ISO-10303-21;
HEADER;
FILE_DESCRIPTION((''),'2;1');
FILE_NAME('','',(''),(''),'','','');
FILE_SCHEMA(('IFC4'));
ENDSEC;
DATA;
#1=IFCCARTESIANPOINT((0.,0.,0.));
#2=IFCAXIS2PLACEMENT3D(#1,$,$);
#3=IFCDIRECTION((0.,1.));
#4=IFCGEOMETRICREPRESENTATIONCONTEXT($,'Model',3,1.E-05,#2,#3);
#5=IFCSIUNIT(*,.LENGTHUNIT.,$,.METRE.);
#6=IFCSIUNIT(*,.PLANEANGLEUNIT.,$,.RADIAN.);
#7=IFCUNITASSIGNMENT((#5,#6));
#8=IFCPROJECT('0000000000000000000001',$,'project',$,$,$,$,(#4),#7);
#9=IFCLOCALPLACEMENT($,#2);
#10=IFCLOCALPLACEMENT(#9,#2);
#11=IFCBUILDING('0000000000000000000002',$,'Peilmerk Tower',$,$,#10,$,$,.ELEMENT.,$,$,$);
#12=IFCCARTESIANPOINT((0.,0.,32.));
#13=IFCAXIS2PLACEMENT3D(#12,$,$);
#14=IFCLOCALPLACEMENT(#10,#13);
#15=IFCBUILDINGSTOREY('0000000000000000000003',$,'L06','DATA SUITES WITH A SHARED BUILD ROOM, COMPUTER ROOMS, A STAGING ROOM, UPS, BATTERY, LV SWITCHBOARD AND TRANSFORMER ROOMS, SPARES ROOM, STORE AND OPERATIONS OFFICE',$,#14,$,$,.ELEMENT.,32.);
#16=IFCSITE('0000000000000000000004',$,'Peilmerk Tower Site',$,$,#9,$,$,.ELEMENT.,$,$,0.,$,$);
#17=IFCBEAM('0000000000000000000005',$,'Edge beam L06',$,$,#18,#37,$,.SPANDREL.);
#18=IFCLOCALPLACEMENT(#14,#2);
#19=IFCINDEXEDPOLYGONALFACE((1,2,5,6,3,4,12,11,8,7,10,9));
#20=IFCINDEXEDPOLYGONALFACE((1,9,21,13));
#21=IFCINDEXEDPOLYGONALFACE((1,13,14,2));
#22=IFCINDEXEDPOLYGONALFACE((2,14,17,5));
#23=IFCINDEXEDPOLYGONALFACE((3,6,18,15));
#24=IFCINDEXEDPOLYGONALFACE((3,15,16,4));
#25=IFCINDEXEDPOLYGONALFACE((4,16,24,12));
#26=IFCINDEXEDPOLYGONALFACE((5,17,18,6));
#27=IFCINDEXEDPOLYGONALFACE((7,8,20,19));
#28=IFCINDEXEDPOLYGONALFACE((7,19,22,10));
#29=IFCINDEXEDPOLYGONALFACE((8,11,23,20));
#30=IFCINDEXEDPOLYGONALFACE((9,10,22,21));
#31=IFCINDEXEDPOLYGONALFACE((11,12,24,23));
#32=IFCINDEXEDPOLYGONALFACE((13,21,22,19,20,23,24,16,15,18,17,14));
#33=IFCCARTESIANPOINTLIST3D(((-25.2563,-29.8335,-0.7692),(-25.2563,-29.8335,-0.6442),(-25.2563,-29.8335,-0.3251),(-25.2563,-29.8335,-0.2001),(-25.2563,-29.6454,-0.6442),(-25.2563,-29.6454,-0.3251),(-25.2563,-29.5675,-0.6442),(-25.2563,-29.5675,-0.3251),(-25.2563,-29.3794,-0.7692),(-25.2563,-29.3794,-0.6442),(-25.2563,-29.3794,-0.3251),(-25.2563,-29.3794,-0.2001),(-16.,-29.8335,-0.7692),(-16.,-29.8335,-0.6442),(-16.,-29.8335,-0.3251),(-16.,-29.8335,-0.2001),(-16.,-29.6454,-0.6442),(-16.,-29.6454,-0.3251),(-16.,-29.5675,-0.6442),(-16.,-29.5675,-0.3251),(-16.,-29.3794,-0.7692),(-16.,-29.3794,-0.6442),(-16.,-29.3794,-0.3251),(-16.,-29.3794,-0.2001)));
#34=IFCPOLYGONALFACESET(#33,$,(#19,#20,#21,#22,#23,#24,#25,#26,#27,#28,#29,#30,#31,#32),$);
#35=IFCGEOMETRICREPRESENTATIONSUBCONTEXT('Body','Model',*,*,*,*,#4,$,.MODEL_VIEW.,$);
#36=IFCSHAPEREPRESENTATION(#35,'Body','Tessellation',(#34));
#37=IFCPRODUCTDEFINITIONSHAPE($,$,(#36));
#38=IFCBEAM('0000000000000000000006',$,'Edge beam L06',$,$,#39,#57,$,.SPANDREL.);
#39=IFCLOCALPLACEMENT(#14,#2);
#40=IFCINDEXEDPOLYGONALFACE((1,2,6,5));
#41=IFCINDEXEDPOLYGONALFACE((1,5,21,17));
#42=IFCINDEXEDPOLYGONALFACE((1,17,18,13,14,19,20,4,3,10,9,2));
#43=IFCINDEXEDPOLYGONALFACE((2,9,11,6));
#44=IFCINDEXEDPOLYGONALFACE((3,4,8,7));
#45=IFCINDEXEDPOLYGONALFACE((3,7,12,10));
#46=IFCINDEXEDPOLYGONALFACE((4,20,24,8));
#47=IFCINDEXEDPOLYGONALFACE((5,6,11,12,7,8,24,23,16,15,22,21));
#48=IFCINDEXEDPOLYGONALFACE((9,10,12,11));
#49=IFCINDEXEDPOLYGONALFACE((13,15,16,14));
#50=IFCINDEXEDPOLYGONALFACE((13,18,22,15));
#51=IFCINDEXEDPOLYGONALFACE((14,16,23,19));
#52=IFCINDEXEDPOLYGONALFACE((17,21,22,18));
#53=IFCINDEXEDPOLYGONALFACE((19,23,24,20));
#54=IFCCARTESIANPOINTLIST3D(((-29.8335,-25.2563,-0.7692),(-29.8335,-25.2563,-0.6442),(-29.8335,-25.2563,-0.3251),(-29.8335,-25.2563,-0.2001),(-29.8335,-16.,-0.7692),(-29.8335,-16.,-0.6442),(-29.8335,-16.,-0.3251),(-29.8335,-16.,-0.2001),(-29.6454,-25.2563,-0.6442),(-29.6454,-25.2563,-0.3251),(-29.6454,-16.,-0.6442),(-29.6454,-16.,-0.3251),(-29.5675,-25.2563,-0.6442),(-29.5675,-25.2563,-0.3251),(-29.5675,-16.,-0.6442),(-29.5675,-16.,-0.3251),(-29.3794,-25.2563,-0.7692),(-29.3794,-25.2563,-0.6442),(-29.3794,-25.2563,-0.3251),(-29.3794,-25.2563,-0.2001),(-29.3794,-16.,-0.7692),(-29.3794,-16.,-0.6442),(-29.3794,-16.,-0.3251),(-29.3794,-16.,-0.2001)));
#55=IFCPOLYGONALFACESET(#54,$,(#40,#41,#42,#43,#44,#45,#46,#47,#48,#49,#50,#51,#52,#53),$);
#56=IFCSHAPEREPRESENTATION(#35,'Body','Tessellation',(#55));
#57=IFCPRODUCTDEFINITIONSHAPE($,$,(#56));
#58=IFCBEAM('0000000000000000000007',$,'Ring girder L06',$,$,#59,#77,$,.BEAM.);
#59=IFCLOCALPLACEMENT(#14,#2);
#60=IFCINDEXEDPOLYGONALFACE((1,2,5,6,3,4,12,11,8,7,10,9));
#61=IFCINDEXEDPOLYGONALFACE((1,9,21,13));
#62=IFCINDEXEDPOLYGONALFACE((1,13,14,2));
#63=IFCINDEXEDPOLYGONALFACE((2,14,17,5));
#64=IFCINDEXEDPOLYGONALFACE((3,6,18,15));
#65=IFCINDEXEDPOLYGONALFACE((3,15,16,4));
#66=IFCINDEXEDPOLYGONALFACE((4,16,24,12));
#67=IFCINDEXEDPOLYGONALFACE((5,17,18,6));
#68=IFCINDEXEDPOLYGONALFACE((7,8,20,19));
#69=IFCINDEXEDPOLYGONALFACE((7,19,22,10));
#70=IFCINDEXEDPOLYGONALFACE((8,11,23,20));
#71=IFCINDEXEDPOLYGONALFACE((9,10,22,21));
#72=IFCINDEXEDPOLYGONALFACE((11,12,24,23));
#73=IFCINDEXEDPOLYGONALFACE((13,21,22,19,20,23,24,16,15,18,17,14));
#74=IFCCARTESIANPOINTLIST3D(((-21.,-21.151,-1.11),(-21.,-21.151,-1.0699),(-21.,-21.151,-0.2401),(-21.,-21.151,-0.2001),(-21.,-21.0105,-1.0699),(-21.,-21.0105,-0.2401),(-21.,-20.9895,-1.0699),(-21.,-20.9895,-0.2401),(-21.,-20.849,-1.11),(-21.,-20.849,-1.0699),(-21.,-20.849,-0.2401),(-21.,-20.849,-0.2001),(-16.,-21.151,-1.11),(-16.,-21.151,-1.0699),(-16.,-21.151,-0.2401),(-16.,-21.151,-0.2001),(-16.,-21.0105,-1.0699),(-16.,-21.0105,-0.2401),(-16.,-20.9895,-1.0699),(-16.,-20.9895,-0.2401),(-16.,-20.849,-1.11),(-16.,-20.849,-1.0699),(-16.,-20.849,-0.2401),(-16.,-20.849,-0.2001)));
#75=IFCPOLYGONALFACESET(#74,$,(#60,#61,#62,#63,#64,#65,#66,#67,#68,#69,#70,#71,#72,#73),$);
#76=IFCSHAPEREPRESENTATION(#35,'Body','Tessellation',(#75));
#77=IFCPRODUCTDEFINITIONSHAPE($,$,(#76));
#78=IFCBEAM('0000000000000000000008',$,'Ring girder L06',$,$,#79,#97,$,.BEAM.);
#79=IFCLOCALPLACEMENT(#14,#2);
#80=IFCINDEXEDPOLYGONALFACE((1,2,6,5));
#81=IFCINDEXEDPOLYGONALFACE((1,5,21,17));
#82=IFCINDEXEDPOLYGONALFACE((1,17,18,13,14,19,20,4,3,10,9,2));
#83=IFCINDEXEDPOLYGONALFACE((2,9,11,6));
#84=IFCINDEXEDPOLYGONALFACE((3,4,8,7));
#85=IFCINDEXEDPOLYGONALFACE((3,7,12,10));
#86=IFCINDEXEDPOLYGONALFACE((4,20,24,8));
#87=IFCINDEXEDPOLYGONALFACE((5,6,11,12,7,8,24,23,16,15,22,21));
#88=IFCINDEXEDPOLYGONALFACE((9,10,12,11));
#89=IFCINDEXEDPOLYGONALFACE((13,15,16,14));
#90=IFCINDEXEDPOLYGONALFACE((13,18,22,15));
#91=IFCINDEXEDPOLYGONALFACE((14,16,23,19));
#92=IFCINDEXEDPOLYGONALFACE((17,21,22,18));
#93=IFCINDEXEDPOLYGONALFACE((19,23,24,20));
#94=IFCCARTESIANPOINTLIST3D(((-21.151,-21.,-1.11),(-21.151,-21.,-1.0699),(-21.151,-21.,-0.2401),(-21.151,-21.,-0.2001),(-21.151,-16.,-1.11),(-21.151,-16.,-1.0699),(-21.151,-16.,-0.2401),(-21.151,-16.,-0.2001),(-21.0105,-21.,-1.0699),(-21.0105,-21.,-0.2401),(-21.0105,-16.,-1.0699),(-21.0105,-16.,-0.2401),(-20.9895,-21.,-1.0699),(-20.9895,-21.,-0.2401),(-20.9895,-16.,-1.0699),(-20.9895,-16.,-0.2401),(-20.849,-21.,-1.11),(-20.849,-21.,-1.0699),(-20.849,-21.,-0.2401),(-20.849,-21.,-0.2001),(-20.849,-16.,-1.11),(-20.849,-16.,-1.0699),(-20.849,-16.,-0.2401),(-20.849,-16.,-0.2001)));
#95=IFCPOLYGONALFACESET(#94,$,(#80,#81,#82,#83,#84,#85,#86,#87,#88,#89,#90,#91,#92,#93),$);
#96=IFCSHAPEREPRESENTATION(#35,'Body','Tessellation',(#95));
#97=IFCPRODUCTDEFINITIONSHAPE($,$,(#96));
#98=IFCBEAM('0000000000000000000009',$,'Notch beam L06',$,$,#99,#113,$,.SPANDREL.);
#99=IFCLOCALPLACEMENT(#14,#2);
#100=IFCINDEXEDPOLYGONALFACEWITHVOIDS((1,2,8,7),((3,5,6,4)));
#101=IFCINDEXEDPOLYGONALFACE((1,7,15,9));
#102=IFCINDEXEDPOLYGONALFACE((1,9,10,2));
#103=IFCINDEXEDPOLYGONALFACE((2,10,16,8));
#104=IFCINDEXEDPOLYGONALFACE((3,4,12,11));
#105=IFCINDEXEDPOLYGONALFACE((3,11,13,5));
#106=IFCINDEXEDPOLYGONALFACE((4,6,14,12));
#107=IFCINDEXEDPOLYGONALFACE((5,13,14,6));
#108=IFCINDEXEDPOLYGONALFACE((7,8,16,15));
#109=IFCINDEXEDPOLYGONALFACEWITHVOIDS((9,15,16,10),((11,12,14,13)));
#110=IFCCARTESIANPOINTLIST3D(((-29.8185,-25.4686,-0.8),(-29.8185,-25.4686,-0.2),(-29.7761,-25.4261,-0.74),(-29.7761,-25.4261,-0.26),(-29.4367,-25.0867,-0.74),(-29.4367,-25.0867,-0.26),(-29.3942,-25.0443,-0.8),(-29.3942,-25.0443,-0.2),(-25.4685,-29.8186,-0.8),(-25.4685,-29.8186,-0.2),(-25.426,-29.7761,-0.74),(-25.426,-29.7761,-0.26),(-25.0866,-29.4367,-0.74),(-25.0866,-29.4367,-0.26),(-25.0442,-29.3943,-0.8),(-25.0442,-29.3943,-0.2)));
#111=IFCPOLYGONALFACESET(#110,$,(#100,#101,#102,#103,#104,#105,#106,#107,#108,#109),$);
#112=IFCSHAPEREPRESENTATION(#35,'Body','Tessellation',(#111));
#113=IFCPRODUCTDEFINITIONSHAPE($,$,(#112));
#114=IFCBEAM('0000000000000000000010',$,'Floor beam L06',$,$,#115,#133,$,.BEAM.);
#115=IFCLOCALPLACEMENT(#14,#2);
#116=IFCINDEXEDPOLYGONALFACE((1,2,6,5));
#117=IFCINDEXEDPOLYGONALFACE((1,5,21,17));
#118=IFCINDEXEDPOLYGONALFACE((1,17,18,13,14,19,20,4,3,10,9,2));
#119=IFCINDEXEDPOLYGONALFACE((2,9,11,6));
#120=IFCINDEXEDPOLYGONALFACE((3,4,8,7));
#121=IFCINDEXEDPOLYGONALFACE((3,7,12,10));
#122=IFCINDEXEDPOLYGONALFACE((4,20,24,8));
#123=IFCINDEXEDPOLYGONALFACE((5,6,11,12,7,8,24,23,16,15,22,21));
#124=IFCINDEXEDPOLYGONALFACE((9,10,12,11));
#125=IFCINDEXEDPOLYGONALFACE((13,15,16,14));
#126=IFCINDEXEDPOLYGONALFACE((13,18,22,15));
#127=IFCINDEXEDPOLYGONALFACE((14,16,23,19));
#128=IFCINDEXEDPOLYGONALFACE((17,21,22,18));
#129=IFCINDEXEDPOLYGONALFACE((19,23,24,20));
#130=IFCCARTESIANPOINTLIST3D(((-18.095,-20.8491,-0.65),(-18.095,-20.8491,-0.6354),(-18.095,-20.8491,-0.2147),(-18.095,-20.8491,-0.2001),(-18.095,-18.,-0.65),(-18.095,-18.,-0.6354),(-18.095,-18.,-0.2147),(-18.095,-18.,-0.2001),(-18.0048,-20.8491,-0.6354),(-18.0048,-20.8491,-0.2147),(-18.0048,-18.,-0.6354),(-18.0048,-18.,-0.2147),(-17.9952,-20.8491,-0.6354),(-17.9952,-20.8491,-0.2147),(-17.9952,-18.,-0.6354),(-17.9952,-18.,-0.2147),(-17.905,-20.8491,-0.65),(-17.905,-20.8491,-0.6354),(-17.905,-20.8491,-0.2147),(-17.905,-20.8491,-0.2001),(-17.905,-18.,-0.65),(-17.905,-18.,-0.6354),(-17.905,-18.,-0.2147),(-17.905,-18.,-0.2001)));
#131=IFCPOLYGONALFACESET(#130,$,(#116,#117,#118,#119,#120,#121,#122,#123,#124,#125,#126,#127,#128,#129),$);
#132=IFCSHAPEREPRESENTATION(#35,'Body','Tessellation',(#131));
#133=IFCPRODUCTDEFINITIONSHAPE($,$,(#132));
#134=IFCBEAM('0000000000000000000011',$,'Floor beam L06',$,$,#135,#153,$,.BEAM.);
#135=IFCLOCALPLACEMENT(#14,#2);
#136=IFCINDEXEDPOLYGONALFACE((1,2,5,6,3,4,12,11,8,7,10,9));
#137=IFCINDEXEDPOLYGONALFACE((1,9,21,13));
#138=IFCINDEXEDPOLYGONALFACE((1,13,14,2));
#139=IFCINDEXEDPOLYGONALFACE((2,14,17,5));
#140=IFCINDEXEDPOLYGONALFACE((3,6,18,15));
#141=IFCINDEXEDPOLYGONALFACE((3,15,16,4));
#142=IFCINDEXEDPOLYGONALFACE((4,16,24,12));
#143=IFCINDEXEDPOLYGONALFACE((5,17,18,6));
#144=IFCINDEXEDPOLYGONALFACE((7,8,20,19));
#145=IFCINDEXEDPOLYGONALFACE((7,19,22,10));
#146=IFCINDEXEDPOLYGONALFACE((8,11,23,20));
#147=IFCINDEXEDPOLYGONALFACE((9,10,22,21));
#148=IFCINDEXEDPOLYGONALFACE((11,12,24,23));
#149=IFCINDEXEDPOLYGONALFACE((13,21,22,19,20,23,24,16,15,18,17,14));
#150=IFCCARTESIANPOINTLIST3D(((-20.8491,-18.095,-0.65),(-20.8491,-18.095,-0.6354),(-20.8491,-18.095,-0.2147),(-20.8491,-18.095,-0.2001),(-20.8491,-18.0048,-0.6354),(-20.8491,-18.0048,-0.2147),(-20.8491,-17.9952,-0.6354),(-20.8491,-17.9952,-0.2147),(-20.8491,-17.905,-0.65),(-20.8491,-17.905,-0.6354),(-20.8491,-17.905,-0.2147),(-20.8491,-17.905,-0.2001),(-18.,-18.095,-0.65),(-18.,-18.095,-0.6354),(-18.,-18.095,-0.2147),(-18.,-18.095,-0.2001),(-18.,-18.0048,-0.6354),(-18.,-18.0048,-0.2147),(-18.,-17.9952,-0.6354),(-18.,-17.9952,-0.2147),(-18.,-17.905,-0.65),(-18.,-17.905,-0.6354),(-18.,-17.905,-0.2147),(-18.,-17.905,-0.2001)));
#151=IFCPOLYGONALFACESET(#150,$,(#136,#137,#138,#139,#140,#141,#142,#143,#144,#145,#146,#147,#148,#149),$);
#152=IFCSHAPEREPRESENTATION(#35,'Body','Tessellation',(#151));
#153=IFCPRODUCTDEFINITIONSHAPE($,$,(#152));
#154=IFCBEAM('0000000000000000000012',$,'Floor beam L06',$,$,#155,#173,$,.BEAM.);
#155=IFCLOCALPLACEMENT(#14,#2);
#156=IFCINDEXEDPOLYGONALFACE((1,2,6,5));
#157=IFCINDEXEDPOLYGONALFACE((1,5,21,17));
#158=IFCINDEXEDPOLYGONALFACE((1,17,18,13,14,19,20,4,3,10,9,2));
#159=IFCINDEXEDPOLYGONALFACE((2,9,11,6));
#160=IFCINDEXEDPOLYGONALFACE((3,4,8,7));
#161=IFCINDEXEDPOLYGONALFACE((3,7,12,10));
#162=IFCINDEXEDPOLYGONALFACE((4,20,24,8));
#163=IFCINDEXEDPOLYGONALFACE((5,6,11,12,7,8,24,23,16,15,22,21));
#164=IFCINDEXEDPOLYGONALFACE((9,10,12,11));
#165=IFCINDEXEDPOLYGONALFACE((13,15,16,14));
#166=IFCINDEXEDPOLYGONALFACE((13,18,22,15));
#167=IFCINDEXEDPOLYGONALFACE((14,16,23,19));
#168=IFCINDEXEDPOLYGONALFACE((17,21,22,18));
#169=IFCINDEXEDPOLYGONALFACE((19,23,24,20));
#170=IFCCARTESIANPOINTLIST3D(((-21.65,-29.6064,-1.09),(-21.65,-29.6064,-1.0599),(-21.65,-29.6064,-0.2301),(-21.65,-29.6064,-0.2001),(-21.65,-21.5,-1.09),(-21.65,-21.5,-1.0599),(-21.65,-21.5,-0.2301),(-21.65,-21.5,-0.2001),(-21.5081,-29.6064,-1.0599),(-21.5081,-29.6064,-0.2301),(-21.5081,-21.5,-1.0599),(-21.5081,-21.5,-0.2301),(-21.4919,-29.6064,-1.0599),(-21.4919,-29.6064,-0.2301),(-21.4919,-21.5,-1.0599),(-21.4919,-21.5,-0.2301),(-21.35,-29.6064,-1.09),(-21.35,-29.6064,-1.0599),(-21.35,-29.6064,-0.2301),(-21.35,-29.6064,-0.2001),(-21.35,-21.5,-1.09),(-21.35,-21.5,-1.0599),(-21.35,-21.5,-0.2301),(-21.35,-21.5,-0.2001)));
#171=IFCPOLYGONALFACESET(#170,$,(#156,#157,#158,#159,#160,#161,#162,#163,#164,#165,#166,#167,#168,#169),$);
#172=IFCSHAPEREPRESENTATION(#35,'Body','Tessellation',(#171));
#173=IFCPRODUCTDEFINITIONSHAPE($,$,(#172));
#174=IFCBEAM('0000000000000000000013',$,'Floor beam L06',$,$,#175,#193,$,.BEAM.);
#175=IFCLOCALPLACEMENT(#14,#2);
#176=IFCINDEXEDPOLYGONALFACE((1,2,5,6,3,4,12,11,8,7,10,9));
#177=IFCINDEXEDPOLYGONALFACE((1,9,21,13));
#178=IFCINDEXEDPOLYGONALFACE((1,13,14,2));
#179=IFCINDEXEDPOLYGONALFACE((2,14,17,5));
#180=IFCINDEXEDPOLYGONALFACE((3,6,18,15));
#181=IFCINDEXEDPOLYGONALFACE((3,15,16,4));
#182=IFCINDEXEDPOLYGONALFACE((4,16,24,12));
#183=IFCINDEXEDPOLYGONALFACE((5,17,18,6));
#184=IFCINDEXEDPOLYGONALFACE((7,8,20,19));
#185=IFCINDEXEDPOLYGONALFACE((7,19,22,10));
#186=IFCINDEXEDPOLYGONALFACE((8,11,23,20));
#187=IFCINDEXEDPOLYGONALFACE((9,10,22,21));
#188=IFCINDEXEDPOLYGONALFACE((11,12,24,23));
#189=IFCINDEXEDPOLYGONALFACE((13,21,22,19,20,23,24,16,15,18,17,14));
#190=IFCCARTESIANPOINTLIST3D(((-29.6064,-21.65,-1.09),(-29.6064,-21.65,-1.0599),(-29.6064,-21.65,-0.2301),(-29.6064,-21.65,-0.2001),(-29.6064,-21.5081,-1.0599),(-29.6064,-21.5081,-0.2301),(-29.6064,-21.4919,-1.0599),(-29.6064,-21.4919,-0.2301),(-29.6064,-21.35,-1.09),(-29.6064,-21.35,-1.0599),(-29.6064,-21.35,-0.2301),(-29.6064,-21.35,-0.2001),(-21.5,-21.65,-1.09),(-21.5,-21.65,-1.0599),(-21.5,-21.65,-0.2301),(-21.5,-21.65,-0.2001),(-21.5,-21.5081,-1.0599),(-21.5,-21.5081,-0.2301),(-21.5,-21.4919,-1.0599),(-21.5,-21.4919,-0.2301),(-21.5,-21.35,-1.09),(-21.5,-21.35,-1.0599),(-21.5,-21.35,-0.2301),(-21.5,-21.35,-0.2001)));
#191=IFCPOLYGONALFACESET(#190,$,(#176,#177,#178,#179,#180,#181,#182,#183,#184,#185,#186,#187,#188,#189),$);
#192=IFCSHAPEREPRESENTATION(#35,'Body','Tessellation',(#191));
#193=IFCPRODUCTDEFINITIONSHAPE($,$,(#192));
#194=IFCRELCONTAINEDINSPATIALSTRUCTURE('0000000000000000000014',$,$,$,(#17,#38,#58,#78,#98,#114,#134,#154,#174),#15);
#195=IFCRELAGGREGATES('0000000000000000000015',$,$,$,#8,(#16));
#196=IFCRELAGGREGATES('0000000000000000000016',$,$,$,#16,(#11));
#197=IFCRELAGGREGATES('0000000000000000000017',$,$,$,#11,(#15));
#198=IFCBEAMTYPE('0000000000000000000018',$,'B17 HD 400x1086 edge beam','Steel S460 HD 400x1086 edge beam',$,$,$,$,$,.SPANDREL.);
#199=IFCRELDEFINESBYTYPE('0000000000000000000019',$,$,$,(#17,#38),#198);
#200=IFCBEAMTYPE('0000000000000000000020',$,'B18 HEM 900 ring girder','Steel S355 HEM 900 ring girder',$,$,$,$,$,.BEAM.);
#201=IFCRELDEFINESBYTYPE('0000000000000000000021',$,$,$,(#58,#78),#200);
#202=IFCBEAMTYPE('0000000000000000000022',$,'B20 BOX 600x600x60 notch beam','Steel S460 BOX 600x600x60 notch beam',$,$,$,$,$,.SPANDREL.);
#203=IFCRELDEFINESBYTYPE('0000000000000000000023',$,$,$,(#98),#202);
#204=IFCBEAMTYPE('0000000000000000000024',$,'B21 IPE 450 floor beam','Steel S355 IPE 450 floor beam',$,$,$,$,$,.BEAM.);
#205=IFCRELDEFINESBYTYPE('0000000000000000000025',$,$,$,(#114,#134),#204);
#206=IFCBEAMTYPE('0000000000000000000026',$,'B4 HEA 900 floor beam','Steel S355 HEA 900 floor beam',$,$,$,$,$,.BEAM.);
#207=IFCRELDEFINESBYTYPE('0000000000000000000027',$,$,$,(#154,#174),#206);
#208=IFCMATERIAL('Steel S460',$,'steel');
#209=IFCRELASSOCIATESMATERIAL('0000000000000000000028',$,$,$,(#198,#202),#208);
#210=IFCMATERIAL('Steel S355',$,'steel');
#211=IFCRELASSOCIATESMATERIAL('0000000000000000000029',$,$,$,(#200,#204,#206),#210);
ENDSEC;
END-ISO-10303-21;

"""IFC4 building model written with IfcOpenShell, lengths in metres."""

from ifc_helpers import new_model, si_unit, direction, frame, origin, origin_2d, place, context, subcontext, project, spatial, hollow_rectangle, i_section, extrude, material, material_profile, profile_set, type_object, element, save


model = new_model("IFC4")

# Units and contexts
model_context = context("Model", 3, precision=1e-05, world=origin(), true_north=direction((0.0, 1.0)))
body_context = subcontext(model_context, "Body", "Model", "MODEL_VIEW")
ifc_project = project(units=[si_unit("LENGTHUNIT", "METRE"), si_unit("PLANEANGLEUNIT", "RADIAN")], contexts=[model_context])

# Site, building, storey
site_placement = place(None, origin())
site = spatial("IfcSite", under=ifc_project, at=site_placement, Name="Peilmerk Tower Site", CompositionType="ELEMENT", RefElevation=0.0)
building_placement = place(site_placement, origin())
building = spatial("IfcBuilding", under=site, at=building_placement, Name="Peilmerk Tower", CompositionType="ELEMENT")
storey_placement = place(building_placement, frame((0.0, 0.0, 32.0)))
storey = spatial("IfcBuildingStorey", under=building, at=storey_placement, Name="L06", Description="DATA SUITES WITH A SHARED BUILD ROOM, COMPUTER ROOMS, A STAGING ROOM, UPS, BATTERY, LV SWITCHBOARD AND TRANSFORMER ROOMS, SPARES ROOM, STORE AND OPERATIONS OFFICE", CompositionType="ELEMENT", Elevation=32.0)

# Beams
ifc_material_1 = material(Name="Steel S355", Category="steel")
ifc_material_2 = material(Name="Steel S460", Category="steel")
ifc_material_profile_1 = material_profile(ifc_material_2, i_section(OverallWidth=0.4541, OverallDepth=0.5691, WebThickness=0.0779, FlangeThickness=0.125, at=origin_2d()), Name="HD 400x1086")
ifc_profile_set_1 = profile_set([ifc_material_profile_1], Name="Steel S460")
beam_type_1 = type_object("IfcBeamType", Name="B17 HD 400x1086 edge beam", Description="Steel S460 HD 400x1086 edge beam", PredefinedType="SPANDREL", material=ifc_profile_set_1)
for number, where, z_axis, x_axis, name in (
    (1, (-25.2563, -29.6064, -0.4846), (1.0, 0.0, 0.0), (0.0, 1.0, 0.0), "Edge beam L06"),
    (2, (-29.6064, -16.0, -0.4846), (0.0, -1.0, 0.0), (1.0, 0.0, 0.0), "Edge beam L06"),
):
    element("IfcBeam", number, at=place(storey_placement, frame(where, z_axis=z_axis, x_axis=x_axis)), inside=storey, type_object=beam_type_1, Name=name, PredefinedType="SPANDREL", context=body_context, shape_type="SweptSolid", body=[
        extrude(i_section(OverallWidth=0.4541, OverallDepth=0.5691, WebThickness=0.0779, FlangeThickness=0.125, at=origin_2d()), origin(), (0.0, 0.0, 1.0), 9.2563),
    ])
ifc_material_profile_2 = material_profile(ifc_material_1, i_section(OverallWidth=0.302, OverallDepth=0.9099, WebThickness=0.021, FlangeThickness=0.04, at=origin_2d()), Name="HEM 900")
ifc_profile_set_2 = profile_set([ifc_material_profile_2], Name="Steel S355")
beam_type_2 = type_object("IfcBeamType", Name="B18 HEM 900 ring girder", Description="Steel S355 HEM 900 ring girder", PredefinedType="BEAM", material=ifc_profile_set_2)
for number, where, z_axis, x_axis, name in (
    (3, (-21.0, -21.0, -0.655), (1.0, 0.0, 0.0), (0.0, 1.0, 0.0), "Ring girder L06"),
    (4, (-21.0, -16.0, -0.655), (0.0, -1.0, 0.0), (1.0, 0.0, 0.0), "Ring girder L06"),
):
    element("IfcBeam", number, at=place(storey_placement, frame(where, z_axis=z_axis, x_axis=x_axis)), inside=storey, type_object=beam_type_2, Name=name, PredefinedType="BEAM", context=body_context, shape_type="SweptSolid", body=[
        extrude(i_section(OverallWidth=0.302, OverallDepth=0.9099, WebThickness=0.021, FlangeThickness=0.04, at=origin_2d()), origin(), (0.0, 0.0, 1.0), 5.0),
    ])
ifc_material_profile_3 = material_profile(ifc_material_2, hollow_rectangle(XDim=0.6001, YDim=0.6001, WallThickness=0.0601, at=origin_2d()), Name="BOX 600x600x60")
ifc_profile_set_3 = profile_set([ifc_material_profile_3], Name="Steel S460")
beam_type_3 = type_object("IfcBeamType", Name="B20 BOX 600x600x60 notch beam", Description="Steel S460 BOX 600x600x60 notch beam", PredefinedType="SPANDREL", material=ifc_profile_set_3)
beam_1_placement = place(storey_placement, frame((-25.2563, -29.6064, -0.5), z_axis=(-0.707107, 0.707107, 0.0), x_axis=(-0.707107, -0.707107, 0.0)))
element("IfcBeam", 5, at=beam_1_placement, inside=storey, type_object=beam_type_3, Name="Notch beam L06", PredefinedType="SPANDREL", context=body_context, shape_type="SweptSolid", body=[
    extrude(hollow_rectangle(XDim=0.6001, YDim=0.6001, WallThickness=0.0601, at=origin_2d()), origin(), (0.0, 0.0, 1.0), 6.1519),
])
ifc_material_profile_4 = material_profile(ifc_material_1, i_section(OverallWidth=0.1899, OverallDepth=0.45, WebThickness=0.0095, FlangeThickness=0.0146, at=origin_2d()), Name="IPE 450")
ifc_profile_set_4 = profile_set([ifc_material_profile_4], Name="Steel S355")
beam_type_4 = type_object("IfcBeamType", Name="B21 IPE 450 floor beam", Description="Steel S355 IPE 450 floor beam", PredefinedType="BEAM", material=ifc_profile_set_4)
for number, where, z_axis, x_axis, name in (
    (6, (-18.0, -18.0, -0.425), (0.0, -1.0, 0.0), (1.0, 0.0, 0.0), "Floor beam L06"),
    (7, (-18.0, -18.0, -0.425), (-1.0, 0.0, 0.0), (0.0, -1.0, 0.0), "Floor beam L06"),
):
    element("IfcBeam", number, at=place(storey_placement, frame(where, z_axis=z_axis, x_axis=x_axis)), inside=storey, type_object=beam_type_4, Name=name, PredefinedType="BEAM", context=body_context, shape_type="SweptSolid", body=[
        extrude(i_section(OverallWidth=0.1899, OverallDepth=0.45, WebThickness=0.0095, FlangeThickness=0.0146, at=origin_2d()), origin(), (0.0, 0.0, 1.0), 2.8491),
    ])
ifc_material_profile_5 = material_profile(ifc_material_1, i_section(OverallWidth=0.3, OverallDepth=0.8899, WebThickness=0.0161, FlangeThickness=0.03, at=origin_2d()), Name="HEA 900")
ifc_profile_set_5 = profile_set([ifc_material_profile_5], Name="Steel S355")
beam_type_5 = type_object("IfcBeamType", Name="B4 HEA 900 floor beam", Description="Steel S355 HEA 900 floor beam", PredefinedType="BEAM", material=ifc_profile_set_5)
for number, where, z_axis, x_axis, name in (
    (8, (-21.5, -21.5, -0.645), (0.0, -1.0, 0.0), (1.0, 0.0, 0.0), "Floor beam L06"),
    (9, (-21.5, -21.5, -0.645), (-1.0, 0.0, 0.0), (0.0, -1.0, 0.0), "Floor beam L06"),
):
    element("IfcBeam", number, at=place(storey_placement, frame(where, z_axis=z_axis, x_axis=x_axis)), inside=storey, type_object=beam_type_5, Name=name, PredefinedType="BEAM", context=body_context, shape_type="SweptSolid", body=[
        extrude(i_section(OverallWidth=0.3, OverallDepth=0.8899, WebThickness=0.0161, FlangeThickness=0.03, at=origin_2d()), origin(), (0.0, 0.0, 1.0), 8.1064),
    ])

save(model, "model.ifc")
